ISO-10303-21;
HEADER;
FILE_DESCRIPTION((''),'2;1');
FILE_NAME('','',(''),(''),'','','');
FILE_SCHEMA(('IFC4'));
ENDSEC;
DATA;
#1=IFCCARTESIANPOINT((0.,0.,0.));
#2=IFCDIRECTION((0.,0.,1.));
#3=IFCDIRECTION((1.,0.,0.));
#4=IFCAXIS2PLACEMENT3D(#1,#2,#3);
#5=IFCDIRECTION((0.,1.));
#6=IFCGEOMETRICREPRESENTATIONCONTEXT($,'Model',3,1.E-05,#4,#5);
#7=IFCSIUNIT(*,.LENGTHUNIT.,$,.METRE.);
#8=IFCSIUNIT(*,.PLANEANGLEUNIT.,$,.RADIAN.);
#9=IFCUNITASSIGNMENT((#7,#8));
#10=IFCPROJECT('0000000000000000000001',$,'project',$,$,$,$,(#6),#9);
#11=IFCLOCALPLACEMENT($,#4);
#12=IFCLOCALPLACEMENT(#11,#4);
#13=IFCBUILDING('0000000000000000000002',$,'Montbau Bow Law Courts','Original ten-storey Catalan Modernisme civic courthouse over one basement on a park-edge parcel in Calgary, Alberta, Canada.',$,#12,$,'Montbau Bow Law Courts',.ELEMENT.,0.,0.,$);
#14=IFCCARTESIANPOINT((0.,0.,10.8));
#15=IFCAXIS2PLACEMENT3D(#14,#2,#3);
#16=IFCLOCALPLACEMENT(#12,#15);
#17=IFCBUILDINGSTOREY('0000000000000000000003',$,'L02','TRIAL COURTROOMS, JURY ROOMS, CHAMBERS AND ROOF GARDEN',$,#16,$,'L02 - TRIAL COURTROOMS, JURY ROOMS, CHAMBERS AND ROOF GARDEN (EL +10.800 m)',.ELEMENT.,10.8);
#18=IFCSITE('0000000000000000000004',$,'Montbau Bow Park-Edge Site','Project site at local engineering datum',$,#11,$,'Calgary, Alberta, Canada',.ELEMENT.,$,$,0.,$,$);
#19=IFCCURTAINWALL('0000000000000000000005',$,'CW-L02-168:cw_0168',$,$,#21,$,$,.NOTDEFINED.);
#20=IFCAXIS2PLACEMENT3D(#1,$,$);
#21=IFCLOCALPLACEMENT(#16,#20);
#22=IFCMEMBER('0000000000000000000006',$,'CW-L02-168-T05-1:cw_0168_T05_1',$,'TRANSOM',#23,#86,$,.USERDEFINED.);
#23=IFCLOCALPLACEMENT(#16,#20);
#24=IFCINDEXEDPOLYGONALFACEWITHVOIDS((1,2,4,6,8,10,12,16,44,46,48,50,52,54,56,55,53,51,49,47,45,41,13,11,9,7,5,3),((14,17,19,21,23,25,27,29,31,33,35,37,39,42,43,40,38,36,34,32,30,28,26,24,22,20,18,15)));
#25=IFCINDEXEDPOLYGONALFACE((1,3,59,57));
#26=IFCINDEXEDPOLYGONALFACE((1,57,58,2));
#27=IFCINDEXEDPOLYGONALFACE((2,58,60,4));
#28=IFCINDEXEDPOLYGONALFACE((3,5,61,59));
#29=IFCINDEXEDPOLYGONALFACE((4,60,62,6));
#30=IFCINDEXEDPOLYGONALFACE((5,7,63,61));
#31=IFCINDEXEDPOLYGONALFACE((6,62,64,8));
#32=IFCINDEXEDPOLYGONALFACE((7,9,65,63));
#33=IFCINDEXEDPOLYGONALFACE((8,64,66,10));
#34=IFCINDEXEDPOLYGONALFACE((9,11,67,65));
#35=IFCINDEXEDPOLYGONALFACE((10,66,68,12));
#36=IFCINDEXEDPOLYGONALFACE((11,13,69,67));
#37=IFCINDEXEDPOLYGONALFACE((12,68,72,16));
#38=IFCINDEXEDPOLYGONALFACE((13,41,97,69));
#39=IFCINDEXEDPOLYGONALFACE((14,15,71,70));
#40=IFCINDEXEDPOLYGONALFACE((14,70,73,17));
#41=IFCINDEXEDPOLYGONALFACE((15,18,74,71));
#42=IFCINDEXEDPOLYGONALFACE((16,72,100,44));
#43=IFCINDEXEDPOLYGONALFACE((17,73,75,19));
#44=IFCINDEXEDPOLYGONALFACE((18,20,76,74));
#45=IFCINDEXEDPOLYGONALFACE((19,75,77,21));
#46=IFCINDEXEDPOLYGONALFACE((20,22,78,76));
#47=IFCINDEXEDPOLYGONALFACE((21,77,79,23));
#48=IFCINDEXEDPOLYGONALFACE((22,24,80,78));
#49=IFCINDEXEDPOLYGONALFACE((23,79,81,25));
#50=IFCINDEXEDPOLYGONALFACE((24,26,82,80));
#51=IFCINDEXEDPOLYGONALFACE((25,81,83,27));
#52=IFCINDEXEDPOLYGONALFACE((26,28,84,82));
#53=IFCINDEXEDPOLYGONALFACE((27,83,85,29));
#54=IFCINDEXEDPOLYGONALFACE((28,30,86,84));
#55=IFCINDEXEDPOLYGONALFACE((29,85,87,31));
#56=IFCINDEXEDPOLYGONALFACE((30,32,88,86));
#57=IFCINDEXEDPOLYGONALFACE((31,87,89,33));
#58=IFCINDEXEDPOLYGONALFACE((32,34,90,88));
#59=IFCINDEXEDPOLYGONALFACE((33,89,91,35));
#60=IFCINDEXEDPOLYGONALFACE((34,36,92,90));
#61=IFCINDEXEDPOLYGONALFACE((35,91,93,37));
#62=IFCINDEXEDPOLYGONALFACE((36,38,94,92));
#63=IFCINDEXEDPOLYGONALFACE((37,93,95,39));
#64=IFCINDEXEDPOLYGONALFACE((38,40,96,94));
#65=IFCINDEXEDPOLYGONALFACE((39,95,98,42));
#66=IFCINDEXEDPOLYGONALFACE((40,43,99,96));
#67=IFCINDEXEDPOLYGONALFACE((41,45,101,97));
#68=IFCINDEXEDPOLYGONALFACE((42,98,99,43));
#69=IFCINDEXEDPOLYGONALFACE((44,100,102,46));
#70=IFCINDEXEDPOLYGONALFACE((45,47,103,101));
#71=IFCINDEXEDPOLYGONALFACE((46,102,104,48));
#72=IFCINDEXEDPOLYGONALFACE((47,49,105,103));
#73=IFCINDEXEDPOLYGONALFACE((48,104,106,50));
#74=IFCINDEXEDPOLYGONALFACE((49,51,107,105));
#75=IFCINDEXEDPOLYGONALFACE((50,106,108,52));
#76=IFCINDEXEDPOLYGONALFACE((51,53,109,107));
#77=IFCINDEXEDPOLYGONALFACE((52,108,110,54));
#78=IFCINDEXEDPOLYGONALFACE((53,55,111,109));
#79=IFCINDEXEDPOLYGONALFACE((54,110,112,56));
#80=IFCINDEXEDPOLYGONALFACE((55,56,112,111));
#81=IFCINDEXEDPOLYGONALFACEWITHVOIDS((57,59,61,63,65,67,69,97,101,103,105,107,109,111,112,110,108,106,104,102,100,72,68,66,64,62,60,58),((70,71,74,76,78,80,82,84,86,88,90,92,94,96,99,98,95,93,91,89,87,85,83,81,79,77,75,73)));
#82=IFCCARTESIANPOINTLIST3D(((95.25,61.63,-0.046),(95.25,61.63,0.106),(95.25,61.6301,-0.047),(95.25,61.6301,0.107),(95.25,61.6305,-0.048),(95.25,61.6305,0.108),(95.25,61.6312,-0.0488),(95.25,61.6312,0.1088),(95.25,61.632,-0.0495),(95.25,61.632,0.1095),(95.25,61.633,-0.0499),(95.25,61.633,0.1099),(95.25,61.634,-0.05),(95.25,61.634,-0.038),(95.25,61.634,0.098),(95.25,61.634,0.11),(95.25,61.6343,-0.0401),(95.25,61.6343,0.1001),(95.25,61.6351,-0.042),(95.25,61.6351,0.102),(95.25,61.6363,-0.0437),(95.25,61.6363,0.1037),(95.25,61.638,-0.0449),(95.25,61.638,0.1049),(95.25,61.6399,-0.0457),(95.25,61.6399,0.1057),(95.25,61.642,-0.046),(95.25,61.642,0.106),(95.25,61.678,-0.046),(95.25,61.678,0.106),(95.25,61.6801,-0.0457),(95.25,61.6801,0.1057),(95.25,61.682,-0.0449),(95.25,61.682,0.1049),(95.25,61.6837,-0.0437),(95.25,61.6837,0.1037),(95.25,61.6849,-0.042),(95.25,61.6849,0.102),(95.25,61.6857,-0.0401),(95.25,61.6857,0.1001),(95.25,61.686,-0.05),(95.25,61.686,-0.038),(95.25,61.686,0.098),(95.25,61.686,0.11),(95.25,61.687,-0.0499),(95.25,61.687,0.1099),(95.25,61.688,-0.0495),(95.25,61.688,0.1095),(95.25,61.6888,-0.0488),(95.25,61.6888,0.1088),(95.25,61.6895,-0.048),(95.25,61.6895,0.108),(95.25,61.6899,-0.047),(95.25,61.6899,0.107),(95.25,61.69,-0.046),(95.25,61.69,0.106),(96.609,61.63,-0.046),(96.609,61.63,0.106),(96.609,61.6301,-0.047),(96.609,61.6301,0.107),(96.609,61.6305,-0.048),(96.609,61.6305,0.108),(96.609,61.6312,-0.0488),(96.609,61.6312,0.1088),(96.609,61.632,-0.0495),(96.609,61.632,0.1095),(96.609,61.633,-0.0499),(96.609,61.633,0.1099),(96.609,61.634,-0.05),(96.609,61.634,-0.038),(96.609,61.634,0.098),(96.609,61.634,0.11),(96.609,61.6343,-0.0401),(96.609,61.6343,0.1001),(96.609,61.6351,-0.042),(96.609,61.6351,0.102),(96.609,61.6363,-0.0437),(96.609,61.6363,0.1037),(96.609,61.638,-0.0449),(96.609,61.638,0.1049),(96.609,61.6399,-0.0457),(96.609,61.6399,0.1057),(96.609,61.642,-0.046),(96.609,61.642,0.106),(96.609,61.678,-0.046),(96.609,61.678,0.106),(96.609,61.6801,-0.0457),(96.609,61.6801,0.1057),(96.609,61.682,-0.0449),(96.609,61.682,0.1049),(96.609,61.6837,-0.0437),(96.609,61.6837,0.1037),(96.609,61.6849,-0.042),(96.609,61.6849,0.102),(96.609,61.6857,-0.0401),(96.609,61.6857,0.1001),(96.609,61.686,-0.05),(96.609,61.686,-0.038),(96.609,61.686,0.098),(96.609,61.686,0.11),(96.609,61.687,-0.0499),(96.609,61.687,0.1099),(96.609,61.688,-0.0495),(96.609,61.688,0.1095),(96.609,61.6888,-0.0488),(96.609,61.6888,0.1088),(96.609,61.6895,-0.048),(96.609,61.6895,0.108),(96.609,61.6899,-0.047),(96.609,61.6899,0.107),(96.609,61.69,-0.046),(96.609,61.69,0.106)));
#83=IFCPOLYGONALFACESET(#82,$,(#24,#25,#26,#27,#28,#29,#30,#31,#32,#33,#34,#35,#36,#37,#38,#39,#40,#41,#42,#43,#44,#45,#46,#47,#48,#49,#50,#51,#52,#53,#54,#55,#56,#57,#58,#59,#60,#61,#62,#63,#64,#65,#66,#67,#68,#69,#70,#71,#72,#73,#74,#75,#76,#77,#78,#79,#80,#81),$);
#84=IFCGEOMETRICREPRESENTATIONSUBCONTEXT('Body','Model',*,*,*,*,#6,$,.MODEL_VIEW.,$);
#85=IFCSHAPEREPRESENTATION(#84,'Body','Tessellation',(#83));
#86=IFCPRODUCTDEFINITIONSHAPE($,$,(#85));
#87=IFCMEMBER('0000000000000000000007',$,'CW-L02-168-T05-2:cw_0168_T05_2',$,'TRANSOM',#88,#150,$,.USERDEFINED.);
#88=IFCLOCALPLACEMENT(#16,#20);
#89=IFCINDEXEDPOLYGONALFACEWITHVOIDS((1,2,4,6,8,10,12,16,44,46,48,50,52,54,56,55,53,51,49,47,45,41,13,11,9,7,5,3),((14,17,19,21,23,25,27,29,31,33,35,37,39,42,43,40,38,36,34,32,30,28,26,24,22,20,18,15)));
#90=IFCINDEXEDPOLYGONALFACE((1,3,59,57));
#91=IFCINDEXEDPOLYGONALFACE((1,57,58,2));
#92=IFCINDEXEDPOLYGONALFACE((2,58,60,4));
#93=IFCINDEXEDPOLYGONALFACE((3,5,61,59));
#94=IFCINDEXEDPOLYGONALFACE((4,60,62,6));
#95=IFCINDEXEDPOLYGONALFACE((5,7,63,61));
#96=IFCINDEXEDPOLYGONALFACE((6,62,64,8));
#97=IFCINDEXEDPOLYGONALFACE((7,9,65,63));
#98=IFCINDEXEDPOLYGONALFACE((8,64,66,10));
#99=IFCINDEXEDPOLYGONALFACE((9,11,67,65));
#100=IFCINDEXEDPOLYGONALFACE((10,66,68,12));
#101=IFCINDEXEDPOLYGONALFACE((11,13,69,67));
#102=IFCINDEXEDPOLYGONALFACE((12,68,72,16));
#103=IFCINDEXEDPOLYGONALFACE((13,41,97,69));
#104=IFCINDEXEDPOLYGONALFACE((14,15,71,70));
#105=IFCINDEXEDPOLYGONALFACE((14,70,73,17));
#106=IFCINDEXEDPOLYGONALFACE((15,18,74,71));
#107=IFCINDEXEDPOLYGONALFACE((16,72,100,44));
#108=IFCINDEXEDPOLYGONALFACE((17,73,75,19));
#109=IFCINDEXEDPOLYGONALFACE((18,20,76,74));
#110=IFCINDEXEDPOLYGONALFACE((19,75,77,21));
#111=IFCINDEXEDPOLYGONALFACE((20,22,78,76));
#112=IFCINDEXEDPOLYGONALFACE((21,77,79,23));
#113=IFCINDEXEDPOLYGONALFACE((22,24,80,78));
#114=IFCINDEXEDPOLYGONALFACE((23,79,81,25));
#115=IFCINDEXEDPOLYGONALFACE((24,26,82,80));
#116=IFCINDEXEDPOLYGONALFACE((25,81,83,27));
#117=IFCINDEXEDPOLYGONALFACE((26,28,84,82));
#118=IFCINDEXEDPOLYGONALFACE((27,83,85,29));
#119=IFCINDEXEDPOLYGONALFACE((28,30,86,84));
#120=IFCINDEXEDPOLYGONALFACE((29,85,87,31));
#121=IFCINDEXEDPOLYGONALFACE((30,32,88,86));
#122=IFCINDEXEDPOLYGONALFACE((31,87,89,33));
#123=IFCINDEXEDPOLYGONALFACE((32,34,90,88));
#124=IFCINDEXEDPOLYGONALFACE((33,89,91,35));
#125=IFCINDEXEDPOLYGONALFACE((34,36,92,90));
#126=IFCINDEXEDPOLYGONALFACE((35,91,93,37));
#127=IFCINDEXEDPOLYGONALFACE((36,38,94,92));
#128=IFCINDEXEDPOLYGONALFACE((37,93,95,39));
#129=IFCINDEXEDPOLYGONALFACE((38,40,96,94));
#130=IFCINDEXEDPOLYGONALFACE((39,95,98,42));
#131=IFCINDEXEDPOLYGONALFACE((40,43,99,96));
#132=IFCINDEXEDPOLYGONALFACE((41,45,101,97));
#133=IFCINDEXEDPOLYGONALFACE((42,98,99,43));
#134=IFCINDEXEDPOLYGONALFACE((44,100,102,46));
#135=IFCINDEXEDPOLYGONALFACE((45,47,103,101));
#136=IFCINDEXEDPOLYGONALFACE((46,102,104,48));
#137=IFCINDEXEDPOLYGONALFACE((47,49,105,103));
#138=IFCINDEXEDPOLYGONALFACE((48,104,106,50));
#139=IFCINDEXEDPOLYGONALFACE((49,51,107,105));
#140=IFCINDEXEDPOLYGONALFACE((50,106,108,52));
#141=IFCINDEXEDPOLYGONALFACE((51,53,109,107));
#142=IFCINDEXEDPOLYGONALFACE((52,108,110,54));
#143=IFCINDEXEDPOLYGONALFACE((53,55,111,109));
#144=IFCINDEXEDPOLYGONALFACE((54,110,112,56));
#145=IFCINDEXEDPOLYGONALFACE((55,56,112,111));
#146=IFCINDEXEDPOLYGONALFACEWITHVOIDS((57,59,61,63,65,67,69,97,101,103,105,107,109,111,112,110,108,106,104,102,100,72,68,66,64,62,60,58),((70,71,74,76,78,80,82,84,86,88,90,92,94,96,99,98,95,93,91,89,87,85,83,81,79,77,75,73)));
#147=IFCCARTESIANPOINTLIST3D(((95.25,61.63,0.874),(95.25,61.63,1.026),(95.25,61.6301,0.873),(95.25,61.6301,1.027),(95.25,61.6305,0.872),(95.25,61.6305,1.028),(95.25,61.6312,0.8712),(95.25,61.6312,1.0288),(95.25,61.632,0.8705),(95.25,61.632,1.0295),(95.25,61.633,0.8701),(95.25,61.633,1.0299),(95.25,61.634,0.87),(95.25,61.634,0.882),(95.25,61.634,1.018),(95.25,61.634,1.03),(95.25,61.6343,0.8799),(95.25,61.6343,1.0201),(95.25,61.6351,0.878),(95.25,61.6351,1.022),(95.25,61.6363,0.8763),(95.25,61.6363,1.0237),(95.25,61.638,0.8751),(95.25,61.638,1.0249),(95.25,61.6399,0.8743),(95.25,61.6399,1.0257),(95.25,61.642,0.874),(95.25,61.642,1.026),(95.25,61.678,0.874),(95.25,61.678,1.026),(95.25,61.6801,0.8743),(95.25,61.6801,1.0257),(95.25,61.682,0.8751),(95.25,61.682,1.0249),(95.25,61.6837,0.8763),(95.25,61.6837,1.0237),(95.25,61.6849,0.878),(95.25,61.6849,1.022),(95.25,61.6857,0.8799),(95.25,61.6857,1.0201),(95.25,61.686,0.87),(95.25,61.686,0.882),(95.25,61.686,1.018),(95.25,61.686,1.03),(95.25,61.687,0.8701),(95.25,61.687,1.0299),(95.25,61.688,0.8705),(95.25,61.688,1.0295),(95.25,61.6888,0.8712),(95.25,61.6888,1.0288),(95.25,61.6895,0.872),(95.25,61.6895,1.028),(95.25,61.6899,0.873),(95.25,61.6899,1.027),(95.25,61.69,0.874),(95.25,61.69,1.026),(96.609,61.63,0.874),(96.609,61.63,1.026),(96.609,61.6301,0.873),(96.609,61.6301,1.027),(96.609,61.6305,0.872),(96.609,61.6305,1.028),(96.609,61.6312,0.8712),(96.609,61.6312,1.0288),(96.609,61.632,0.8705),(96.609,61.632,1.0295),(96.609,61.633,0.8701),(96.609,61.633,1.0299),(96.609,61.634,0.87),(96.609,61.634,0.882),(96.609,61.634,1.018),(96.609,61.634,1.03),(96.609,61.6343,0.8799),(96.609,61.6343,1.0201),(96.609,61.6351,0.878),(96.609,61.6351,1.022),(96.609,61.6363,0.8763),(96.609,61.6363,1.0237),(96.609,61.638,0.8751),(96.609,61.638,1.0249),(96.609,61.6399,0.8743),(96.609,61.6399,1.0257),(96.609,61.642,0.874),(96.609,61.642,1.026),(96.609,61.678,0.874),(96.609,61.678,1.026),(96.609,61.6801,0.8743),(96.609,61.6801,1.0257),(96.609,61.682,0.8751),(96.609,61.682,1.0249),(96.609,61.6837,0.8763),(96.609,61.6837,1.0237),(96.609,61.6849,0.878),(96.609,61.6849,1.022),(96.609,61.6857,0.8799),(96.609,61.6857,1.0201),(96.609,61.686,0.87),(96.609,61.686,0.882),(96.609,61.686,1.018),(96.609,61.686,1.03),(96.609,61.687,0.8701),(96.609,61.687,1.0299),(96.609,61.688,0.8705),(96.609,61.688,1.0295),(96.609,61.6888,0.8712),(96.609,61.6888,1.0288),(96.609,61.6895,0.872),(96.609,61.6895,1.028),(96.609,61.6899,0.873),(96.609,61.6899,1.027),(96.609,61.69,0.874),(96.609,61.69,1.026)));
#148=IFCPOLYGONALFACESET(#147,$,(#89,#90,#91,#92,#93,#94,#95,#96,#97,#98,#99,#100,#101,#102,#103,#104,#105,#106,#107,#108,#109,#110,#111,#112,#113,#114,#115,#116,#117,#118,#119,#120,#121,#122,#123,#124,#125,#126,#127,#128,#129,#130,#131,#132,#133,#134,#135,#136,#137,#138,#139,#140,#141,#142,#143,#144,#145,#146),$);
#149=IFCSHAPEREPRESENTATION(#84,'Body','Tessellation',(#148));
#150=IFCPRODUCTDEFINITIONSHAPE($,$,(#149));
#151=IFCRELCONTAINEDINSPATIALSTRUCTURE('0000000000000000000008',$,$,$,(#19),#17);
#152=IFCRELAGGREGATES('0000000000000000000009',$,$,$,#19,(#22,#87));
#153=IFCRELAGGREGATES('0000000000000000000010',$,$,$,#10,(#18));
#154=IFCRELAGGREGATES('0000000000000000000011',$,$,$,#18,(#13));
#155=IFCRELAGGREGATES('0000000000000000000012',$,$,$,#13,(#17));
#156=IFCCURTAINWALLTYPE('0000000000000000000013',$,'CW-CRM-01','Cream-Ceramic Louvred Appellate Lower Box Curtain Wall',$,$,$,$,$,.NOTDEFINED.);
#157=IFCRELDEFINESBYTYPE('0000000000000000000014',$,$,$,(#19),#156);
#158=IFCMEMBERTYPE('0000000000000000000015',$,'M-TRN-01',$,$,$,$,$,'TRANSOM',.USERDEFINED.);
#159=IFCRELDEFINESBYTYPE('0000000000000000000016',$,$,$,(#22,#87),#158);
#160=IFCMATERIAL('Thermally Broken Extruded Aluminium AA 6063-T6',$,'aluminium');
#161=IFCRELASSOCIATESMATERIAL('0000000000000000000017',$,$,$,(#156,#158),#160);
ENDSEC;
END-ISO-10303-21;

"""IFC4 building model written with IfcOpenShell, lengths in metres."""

from ifc_helpers import new_model, si_unit, direction, frame, origin_with_axes, origin_2d_with_axis, place, context, subcontext, project, spatial, hollow_rectangle, extrude, material, material_profile, profile_set, type_object, element, aggregate, save


model = new_model("IFC4")

# Units and contexts
model_context = context("Model", 3, precision=1e-05, world=origin_with_axes(), true_north=direction((0.0, 1.0)))
body_context = subcontext(model_context, "Body", "Model", "MODEL_VIEW")
ifc_project = project(units=[si_unit("LENGTHUNIT", "METRE"), si_unit("PLANEANGLEUNIT", "RADIAN")], contexts=[model_context])

# Site, building, storey
site_placement = place(None, origin_with_axes())
site = spatial("IfcSite", under=ifc_project, at=site_placement, Name="Montbau Bow Park-Edge Site", Description="Project site at local engineering datum", LongName="Calgary, Alberta, Canada", CompositionType="ELEMENT", RefElevation=0.0)
building_placement = place(site_placement, origin_with_axes())
building = spatial("IfcBuilding", under=site, at=building_placement, Name="Montbau Bow Law Courts", Description="Original ten-storey Catalan Modernisme civic courthouse over one basement on a park-edge parcel in Calgary, Alberta, Canada.", LongName="Montbau Bow Law Courts", CompositionType="ELEMENT", ElevationOfRefHeight=0.0, ElevationOfTerrain=0.0)
storey_placement = place(building_placement, frame((0.0, 0.0, 10.8), z_axis=(0.0, 0.0, 1.0), x_axis=(1.0, 0.0, 0.0)))
storey = spatial("IfcBuildingStorey", under=building, at=storey_placement, Name="L02", Description="TRIAL COURTROOMS, JURY ROOMS, CHAMBERS AND ROOF GARDEN", LongName="L02 - TRIAL COURTROOMS, JURY ROOMS, CHAMBERS AND ROOF GARDEN (EL +10.800 m)", CompositionType="ELEMENT", Elevation=10.8)

# Curtain wall, members
ifc_material_1 = material(Name="Thermally Broken Extruded Aluminium AA 6063-T6", Category="aluminium")
curtain_wall_type = type_object("IfcCurtainWallType", Name="CW-CRM-01", Description="Cream-Ceramic Louvred Appellate Lower Box Curtain Wall", PredefinedType="NOTDEFINED", material=ifc_material_1)
curtain_wall_placement = place(None, frame((89.315, 61.66, 10.8), z_axis=(0.0, 0.0, 1.0), x_axis=(1.0, 0.0, 0.0)))
curtain_wall = element("IfcCurtainWall", 1, at=curtain_wall_placement, inside=storey, type_object=curtain_wall_type, Name="CW-L02-168:cw_0168", PredefinedType="NOTDEFINED")
ifc_material_profile_1 = material_profile(ifc_material_1, hollow_rectangle(XDim=0.06, YDim=0.16, WallThickness=0.004, InnerFilletRadius=0.008, OuterFilletRadius=0.004, at=origin_2d_with_axis()), Name="CWT-160X60", Category="Main", Priority=0)
ifc_profile_set_1 = profile_set([ifc_material_profile_1], Name="Thermally Broken Extruded Aluminium AA 6063-T6")
member_type_1 = type_object("IfcMemberType", Name="M-TRN-01", ElementType="TRANSOM", PredefinedType="USERDEFINED", material=ifc_profile_set_1)
member_1_placement = place(None, frame((95.25, 61.66, 10.83), z_axis=(1.0, 0.0, 0.0), x_axis=(0.0, 1.0, 0.0)))
member_1 = element("IfcMember", 2, at=member_1_placement, type_object=member_type_1, Name="CW-L02-168-T05-1:cw_0168_T05_1", ObjectType="TRANSOM", PredefinedType="USERDEFINED", context=body_context, shape_type="SweptSolid", body=[
    extrude(hollow_rectangle(XDim=0.06, YDim=0.16, WallThickness=0.004, InnerFilletRadius=0.008, OuterFilletRadius=0.004, at=origin_2d_with_axis()), origin_with_axes(), (0.0, 0.0, 1.0), 1.359),
])
member_2_placement = place(None, frame((95.25, 61.66, 11.75), z_axis=(1.0, 0.0, 0.0), x_axis=(0.0, 1.0, 0.0)))
member_2 = element("IfcMember", 3, at=member_2_placement, type_object=member_type_1, Name="CW-L02-168-T05-2:cw_0168_T05_2", ObjectType="TRANSOM", PredefinedType="USERDEFINED", context=body_context, shape_type="SweptSolid", body=[
    extrude(hollow_rectangle(XDim=0.06, YDim=0.16, WallThickness=0.004, InnerFilletRadius=0.008, OuterFilletRadius=0.004, at=origin_2d_with_axis()), origin_with_axes(), (0.0, 0.0, 1.0), 1.359),
])
aggregate(curtain_wall, [member_1, member_2])

save(model, "model.ifc")
